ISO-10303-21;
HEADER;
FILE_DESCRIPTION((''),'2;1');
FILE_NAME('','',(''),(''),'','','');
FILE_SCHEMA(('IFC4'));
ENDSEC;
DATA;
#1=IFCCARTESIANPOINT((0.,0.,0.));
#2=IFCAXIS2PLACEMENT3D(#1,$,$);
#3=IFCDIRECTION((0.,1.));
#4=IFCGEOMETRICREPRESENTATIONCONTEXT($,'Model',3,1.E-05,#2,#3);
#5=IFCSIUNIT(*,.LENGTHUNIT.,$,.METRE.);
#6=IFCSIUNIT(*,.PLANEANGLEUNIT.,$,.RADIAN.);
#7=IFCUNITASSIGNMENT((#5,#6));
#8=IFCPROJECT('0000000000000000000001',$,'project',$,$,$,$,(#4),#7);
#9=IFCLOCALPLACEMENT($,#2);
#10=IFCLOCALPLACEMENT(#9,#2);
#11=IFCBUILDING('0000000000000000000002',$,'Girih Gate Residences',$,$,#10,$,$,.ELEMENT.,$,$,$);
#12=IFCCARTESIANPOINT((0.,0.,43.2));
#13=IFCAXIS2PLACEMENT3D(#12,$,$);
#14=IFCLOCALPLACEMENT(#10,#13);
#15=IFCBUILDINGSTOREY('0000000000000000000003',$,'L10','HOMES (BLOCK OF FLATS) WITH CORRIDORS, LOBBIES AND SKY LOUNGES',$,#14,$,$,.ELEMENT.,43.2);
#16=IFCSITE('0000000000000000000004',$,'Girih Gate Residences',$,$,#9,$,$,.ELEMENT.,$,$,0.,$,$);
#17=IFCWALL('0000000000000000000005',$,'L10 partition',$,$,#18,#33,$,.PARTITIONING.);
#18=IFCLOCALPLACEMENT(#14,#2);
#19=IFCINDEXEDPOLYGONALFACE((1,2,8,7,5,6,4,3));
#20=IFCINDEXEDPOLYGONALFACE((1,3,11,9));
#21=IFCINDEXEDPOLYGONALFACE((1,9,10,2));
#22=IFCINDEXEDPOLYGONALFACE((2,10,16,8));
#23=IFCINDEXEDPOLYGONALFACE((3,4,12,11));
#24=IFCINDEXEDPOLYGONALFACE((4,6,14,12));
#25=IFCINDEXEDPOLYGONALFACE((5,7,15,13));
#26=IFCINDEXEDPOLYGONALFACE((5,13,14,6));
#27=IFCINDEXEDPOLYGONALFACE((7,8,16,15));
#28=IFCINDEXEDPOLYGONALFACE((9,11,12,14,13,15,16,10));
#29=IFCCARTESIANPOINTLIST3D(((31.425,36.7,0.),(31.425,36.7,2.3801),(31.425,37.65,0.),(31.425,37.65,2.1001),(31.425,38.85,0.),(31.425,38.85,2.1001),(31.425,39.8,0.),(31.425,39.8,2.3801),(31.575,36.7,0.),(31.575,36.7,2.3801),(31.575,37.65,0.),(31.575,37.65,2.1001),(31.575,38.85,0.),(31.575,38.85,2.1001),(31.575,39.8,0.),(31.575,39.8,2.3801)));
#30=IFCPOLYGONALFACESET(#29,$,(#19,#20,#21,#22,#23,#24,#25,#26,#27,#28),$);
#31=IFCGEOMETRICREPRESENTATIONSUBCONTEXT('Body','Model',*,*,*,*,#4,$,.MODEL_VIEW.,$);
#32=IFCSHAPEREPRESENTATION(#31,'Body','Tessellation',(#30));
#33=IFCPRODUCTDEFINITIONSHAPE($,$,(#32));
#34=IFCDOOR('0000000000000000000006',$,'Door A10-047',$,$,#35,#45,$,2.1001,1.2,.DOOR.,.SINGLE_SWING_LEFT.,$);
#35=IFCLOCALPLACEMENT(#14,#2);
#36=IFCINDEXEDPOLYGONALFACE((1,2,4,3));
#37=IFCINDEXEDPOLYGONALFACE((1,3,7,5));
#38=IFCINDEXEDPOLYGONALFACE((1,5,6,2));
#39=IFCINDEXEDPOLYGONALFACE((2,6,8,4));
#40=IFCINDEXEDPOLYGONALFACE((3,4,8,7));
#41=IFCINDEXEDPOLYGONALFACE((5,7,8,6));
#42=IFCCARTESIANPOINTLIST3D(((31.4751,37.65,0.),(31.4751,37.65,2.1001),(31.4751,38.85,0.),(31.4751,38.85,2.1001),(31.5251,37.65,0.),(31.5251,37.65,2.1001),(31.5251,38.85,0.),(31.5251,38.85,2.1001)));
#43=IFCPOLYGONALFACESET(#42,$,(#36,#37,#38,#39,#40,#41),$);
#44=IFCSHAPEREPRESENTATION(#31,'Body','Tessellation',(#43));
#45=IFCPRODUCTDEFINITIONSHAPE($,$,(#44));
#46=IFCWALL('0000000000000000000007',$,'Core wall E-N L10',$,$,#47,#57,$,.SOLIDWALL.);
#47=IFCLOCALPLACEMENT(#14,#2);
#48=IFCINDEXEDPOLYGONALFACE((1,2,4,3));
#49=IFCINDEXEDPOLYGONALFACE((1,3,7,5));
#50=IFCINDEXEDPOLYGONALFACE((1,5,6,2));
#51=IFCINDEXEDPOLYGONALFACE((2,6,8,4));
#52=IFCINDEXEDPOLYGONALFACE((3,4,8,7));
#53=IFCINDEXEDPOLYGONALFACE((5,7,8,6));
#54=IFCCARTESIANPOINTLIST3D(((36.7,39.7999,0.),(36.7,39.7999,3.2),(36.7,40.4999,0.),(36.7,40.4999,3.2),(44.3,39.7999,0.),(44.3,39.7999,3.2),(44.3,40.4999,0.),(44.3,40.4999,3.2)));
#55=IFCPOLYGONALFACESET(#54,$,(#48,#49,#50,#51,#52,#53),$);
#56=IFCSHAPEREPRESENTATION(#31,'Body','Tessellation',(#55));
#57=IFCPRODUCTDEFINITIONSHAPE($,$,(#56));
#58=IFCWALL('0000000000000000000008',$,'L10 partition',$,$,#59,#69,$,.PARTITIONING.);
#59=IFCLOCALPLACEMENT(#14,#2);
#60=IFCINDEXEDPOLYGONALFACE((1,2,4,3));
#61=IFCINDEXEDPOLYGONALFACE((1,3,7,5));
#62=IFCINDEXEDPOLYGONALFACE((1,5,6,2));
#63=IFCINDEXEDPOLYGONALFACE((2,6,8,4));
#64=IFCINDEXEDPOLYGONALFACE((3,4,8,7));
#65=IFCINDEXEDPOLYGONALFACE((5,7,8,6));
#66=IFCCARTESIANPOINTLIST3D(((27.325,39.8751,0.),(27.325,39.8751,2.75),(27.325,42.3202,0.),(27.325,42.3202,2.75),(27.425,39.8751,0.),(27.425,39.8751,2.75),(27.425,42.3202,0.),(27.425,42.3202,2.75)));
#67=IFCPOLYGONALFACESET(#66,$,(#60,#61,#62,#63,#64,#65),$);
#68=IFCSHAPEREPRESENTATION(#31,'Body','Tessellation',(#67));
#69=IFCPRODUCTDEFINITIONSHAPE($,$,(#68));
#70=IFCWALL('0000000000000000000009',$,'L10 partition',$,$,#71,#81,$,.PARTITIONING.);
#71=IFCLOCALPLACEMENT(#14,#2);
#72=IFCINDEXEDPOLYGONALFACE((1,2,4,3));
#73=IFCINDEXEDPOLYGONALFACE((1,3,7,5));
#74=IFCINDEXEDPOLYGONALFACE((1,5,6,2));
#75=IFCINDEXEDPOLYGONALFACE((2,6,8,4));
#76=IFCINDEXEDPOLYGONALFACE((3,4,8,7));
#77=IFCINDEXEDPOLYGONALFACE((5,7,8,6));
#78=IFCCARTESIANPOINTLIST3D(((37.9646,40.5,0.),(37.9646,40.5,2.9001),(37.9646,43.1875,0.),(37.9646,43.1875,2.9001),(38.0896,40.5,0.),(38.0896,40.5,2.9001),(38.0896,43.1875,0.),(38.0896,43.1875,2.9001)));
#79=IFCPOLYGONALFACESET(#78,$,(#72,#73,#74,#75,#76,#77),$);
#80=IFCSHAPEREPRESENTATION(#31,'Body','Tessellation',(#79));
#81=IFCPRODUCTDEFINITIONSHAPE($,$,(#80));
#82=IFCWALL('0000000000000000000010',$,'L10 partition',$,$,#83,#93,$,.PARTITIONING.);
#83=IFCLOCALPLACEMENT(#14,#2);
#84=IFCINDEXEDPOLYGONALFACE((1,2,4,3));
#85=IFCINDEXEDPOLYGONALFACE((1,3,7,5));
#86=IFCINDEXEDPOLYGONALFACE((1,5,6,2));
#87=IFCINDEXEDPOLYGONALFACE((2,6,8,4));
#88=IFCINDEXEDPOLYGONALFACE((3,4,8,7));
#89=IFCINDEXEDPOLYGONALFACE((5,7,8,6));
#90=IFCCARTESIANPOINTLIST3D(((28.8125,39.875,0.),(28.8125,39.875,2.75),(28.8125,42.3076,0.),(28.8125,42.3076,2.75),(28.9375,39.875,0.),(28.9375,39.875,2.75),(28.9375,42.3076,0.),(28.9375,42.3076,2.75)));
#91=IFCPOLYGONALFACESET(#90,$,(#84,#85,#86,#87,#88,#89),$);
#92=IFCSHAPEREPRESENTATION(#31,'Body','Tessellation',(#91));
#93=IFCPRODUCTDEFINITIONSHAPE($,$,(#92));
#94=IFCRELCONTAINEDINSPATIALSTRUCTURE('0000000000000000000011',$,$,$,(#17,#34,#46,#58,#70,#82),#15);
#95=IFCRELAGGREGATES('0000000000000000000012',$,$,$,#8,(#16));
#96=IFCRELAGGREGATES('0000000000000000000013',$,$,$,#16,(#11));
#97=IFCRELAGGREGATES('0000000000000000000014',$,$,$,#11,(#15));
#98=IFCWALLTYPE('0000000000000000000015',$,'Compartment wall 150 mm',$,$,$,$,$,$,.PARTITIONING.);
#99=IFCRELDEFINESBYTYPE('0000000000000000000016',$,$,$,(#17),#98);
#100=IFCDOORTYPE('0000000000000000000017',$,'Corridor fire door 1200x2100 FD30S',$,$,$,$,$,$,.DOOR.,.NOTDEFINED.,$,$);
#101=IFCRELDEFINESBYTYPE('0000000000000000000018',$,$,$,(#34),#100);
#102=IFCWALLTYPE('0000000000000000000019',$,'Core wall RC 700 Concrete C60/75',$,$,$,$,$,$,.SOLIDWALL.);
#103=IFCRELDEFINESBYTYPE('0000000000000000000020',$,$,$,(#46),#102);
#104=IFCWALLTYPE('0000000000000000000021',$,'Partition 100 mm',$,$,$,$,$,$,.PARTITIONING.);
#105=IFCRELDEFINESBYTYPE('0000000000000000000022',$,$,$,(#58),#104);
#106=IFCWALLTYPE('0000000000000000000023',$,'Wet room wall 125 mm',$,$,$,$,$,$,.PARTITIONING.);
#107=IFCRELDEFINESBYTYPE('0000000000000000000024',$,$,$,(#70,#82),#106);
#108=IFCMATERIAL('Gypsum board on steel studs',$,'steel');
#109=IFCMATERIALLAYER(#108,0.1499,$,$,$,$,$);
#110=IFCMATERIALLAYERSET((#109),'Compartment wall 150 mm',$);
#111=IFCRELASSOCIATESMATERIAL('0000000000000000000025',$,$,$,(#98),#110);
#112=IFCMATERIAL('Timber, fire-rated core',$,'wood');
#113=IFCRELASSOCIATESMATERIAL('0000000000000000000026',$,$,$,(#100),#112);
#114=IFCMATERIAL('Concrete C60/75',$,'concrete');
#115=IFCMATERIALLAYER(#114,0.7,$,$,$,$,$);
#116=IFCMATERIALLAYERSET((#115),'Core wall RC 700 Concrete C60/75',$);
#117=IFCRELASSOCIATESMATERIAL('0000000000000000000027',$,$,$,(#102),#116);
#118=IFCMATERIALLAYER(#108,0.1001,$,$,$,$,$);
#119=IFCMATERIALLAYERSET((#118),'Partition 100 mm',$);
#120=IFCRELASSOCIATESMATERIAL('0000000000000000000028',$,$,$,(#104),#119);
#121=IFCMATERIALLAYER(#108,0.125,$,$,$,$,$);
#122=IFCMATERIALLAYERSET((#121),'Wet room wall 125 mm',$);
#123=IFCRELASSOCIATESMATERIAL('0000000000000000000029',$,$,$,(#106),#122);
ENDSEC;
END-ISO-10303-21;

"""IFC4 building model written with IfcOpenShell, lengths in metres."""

from ifc_helpers import new_model, si_unit, direction, frame, frame_2d, origin, place, context, subcontext, project, spatial, rectangle, extrude, material, layer, layer_set, type_object, element, fill, save


model = new_model("IFC4")

# Units and contexts
model_context = context("Model", 3, precision=1e-05, world=origin(), true_north=direction((0.0, 1.0)))
body_context = subcontext(model_context, "Body", "Model", "MODEL_VIEW")
ifc_project = project(units=[si_unit("LENGTHUNIT", "METRE"), si_unit("PLANEANGLEUNIT", "RADIAN")], contexts=[model_context])

# Site, building, storey
site_placement = place(None, origin())
site = spatial("IfcSite", under=ifc_project, at=site_placement, Name="Girih Gate Residences", CompositionType="ELEMENT", RefElevation=0.0)
building_placement = place(site_placement, origin())
building = spatial("IfcBuilding", under=site, at=building_placement, Name="Girih Gate Residences", CompositionType="ELEMENT")
storey_placement = place(building_placement, frame((0.0, 0.0, 43.2)))
storey = spatial("IfcBuildingStorey", under=building, at=storey_placement, Name="L10", Description="HOMES (BLOCK OF FLATS) WITH CORRIDORS, LOBBIES AND SKY LOUNGES", CompositionType="ELEMENT", Elevation=43.2)

# Shared definitions
ifc_material_1 = material(Name="Concrete C60/75", Category="concrete")

# Shared definitions
ifc_material_2 = material(Name="Gypsum board on steel studs", Category="steel")
ifc_layer_1 = layer(ifc_material_2, 0.1499)
ifc_layer_set_1 = layer_set([ifc_layer_1], Name="Compartment wall 150 mm")
wall_type_1 = type_object("IfcWallType", Name="Compartment wall 150 mm", PredefinedType="PARTITIONING", material=ifc_layer_set_1)
ifc_material_3 = material(Name="Timber, fire-rated core", Category="wood")

# Wall, opening, door
wall_1_placement = place(storey_placement, frame((31.5, 36.7, 0.0), z_axis=(0.0, 0.0, 1.0), x_axis=(0.0, 1.0, 0.0)))
wall_1 = element("IfcWall", 1, at=wall_1_placement, inside=storey, type_object=wall_type_1, Name="L10 partition", PredefinedType="PARTITIONING", context=body_context, shape_type="SweptSolid", body=[
    extrude(rectangle(XDim=3.1001, YDim=0.1499, at=frame_2d((1.55, 0.0))), origin(), (0.0, 0.0, 1.0), 2.3801),
])
opening_1_placement = place(wall_1_placement, frame((0.95, 0.0, 0.0)))
opening_1 = element("IfcOpeningElement", 2, at=opening_1_placement, cuts=wall_1, PredefinedType="OPENING", context=body_context, shape_type="SweptSolid", body=[
    extrude(rectangle(XDim=1.2, YDim=2.1001, at=frame_2d((0.6001, 1.05))), frame((0.0, 0.085, 0.0), z_axis=(0.0, -1.0, 0.0), x_axis=(1.0, 0.0, 0.0)), (0.0, 0.0, 1.0), 0.1699),
])
door_type_1 = type_object("IfcDoorType", Name="Corridor fire door 1200x2100 FD30S", OperationType="NOTDEFINED", PredefinedType="DOOR", material=ifc_material_3)
door_1_placement = place(opening_1_placement, origin())
door_1 = element("IfcDoor", 3, at=door_1_placement, inside=storey, type_object=door_type_1, Name="Door A10-047", OperationType="SINGLE_SWING_LEFT", OverallHeight=2.1001, OverallWidth=1.2, PredefinedType="DOOR", context=body_context, shape_type="SweptSolid", body=[
    extrude(rectangle(XDim=1.2, YDim=2.1001, at=frame_2d((0.6001, 1.05))), frame((0.0, 0.0249, 0.0), z_axis=(0.0, -1.0, 0.0), x_axis=(1.0, 0.0, 0.0)), (0.0, 0.0, 1.0), 0.05),
])
fill(opening_1, door_1)

# Wall
ifc_layer_2 = layer(ifc_material_1, 0.7)
ifc_layer_set_2 = layer_set([ifc_layer_2], Name="Core wall RC 700 Concrete C60/75")
wall_type_2 = type_object("IfcWallType", Name="Core wall RC 700 Concrete C60/75", PredefinedType="SOLIDWALL", material=ifc_layer_set_2)
wall_2_placement = place(storey_placement, frame((36.7, 40.1499, 0.0), z_axis=(0.0, 0.0, 1.0), x_axis=(1.0, 0.0, 0.0)))
element("IfcWall", 4, at=wall_2_placement, inside=storey, type_object=wall_type_2, Name="Core wall E-N L10", PredefinedType="SOLIDWALL", context=body_context, shape_type="SweptSolid", body=[
    extrude(rectangle(XDim=7.6001, YDim=0.7, at=frame_2d((3.8, 0.0))), origin(), (0.0, 0.0, 1.0), 3.2),
])

# Walls
ifc_layer_3 = layer(ifc_material_2, 0.1001)
ifc_layer_set_3 = layer_set([ifc_layer_3], Name="Partition 100 mm")
wall_type_3 = type_object("IfcWallType", Name="Partition 100 mm", PredefinedType="PARTITIONING", material=ifc_layer_set_3)
wall_3_placement = place(storey_placement, frame((27.375, 39.875, 0.0), z_axis=(0.0, 0.0, 1.0), x_axis=(0.0, 1.0, 0.0)))
element("IfcWall", 5, at=wall_3_placement, inside=storey, type_object=wall_type_3, Name="L10 partition", PredefinedType="PARTITIONING", context=body_context, shape_type="SweptSolid", body=[
    extrude(rectangle(XDim=2.4451, YDim=0.1001, at=frame_2d((1.2227, 0.0))), origin(), (0.0, 0.0, 1.0), 2.75),
])
ifc_layer_4 = layer(ifc_material_2, 0.125)
ifc_layer_set_4 = layer_set([ifc_layer_4], Name="Wet room wall 125 mm")
wall_type_4 = type_object("IfcWallType", Name="Wet room wall 125 mm", PredefinedType="PARTITIONING", material=ifc_layer_set_4)
wall_4_placement = place(storey_placement, frame((38.0271, 40.5, 0.0), z_axis=(0.0, 0.0, 1.0), x_axis=(0.0, 1.0, 0.0)))
element("IfcWall", 6, at=wall_4_placement, inside=storey, type_object=wall_type_4, Name="L10 partition", PredefinedType="PARTITIONING", context=body_context, shape_type="SweptSolid", body=[
    extrude(rectangle(XDim=2.6875, YDim=0.125, at=frame_2d((1.3438, 0.0))), origin(), (0.0, 0.0, 1.0), 2.9001),
])
wall_5_placement = place(storey_placement, frame((28.875, 39.875, 0.0), z_axis=(0.0, 0.0, 1.0), x_axis=(0.0, 1.0, 0.0)))
element("IfcWall", 7, at=wall_5_placement, inside=storey, type_object=wall_type_4, Name="L10 partition", PredefinedType="PARTITIONING", context=body_context, shape_type="SweptSolid", body=[
    extrude(rectangle(XDim=2.4326, YDim=0.125, at=frame_2d((1.2163, 0.0))), origin(), (0.0, 0.0, 1.0), 2.75),
])

save(model, "model.ifc")
